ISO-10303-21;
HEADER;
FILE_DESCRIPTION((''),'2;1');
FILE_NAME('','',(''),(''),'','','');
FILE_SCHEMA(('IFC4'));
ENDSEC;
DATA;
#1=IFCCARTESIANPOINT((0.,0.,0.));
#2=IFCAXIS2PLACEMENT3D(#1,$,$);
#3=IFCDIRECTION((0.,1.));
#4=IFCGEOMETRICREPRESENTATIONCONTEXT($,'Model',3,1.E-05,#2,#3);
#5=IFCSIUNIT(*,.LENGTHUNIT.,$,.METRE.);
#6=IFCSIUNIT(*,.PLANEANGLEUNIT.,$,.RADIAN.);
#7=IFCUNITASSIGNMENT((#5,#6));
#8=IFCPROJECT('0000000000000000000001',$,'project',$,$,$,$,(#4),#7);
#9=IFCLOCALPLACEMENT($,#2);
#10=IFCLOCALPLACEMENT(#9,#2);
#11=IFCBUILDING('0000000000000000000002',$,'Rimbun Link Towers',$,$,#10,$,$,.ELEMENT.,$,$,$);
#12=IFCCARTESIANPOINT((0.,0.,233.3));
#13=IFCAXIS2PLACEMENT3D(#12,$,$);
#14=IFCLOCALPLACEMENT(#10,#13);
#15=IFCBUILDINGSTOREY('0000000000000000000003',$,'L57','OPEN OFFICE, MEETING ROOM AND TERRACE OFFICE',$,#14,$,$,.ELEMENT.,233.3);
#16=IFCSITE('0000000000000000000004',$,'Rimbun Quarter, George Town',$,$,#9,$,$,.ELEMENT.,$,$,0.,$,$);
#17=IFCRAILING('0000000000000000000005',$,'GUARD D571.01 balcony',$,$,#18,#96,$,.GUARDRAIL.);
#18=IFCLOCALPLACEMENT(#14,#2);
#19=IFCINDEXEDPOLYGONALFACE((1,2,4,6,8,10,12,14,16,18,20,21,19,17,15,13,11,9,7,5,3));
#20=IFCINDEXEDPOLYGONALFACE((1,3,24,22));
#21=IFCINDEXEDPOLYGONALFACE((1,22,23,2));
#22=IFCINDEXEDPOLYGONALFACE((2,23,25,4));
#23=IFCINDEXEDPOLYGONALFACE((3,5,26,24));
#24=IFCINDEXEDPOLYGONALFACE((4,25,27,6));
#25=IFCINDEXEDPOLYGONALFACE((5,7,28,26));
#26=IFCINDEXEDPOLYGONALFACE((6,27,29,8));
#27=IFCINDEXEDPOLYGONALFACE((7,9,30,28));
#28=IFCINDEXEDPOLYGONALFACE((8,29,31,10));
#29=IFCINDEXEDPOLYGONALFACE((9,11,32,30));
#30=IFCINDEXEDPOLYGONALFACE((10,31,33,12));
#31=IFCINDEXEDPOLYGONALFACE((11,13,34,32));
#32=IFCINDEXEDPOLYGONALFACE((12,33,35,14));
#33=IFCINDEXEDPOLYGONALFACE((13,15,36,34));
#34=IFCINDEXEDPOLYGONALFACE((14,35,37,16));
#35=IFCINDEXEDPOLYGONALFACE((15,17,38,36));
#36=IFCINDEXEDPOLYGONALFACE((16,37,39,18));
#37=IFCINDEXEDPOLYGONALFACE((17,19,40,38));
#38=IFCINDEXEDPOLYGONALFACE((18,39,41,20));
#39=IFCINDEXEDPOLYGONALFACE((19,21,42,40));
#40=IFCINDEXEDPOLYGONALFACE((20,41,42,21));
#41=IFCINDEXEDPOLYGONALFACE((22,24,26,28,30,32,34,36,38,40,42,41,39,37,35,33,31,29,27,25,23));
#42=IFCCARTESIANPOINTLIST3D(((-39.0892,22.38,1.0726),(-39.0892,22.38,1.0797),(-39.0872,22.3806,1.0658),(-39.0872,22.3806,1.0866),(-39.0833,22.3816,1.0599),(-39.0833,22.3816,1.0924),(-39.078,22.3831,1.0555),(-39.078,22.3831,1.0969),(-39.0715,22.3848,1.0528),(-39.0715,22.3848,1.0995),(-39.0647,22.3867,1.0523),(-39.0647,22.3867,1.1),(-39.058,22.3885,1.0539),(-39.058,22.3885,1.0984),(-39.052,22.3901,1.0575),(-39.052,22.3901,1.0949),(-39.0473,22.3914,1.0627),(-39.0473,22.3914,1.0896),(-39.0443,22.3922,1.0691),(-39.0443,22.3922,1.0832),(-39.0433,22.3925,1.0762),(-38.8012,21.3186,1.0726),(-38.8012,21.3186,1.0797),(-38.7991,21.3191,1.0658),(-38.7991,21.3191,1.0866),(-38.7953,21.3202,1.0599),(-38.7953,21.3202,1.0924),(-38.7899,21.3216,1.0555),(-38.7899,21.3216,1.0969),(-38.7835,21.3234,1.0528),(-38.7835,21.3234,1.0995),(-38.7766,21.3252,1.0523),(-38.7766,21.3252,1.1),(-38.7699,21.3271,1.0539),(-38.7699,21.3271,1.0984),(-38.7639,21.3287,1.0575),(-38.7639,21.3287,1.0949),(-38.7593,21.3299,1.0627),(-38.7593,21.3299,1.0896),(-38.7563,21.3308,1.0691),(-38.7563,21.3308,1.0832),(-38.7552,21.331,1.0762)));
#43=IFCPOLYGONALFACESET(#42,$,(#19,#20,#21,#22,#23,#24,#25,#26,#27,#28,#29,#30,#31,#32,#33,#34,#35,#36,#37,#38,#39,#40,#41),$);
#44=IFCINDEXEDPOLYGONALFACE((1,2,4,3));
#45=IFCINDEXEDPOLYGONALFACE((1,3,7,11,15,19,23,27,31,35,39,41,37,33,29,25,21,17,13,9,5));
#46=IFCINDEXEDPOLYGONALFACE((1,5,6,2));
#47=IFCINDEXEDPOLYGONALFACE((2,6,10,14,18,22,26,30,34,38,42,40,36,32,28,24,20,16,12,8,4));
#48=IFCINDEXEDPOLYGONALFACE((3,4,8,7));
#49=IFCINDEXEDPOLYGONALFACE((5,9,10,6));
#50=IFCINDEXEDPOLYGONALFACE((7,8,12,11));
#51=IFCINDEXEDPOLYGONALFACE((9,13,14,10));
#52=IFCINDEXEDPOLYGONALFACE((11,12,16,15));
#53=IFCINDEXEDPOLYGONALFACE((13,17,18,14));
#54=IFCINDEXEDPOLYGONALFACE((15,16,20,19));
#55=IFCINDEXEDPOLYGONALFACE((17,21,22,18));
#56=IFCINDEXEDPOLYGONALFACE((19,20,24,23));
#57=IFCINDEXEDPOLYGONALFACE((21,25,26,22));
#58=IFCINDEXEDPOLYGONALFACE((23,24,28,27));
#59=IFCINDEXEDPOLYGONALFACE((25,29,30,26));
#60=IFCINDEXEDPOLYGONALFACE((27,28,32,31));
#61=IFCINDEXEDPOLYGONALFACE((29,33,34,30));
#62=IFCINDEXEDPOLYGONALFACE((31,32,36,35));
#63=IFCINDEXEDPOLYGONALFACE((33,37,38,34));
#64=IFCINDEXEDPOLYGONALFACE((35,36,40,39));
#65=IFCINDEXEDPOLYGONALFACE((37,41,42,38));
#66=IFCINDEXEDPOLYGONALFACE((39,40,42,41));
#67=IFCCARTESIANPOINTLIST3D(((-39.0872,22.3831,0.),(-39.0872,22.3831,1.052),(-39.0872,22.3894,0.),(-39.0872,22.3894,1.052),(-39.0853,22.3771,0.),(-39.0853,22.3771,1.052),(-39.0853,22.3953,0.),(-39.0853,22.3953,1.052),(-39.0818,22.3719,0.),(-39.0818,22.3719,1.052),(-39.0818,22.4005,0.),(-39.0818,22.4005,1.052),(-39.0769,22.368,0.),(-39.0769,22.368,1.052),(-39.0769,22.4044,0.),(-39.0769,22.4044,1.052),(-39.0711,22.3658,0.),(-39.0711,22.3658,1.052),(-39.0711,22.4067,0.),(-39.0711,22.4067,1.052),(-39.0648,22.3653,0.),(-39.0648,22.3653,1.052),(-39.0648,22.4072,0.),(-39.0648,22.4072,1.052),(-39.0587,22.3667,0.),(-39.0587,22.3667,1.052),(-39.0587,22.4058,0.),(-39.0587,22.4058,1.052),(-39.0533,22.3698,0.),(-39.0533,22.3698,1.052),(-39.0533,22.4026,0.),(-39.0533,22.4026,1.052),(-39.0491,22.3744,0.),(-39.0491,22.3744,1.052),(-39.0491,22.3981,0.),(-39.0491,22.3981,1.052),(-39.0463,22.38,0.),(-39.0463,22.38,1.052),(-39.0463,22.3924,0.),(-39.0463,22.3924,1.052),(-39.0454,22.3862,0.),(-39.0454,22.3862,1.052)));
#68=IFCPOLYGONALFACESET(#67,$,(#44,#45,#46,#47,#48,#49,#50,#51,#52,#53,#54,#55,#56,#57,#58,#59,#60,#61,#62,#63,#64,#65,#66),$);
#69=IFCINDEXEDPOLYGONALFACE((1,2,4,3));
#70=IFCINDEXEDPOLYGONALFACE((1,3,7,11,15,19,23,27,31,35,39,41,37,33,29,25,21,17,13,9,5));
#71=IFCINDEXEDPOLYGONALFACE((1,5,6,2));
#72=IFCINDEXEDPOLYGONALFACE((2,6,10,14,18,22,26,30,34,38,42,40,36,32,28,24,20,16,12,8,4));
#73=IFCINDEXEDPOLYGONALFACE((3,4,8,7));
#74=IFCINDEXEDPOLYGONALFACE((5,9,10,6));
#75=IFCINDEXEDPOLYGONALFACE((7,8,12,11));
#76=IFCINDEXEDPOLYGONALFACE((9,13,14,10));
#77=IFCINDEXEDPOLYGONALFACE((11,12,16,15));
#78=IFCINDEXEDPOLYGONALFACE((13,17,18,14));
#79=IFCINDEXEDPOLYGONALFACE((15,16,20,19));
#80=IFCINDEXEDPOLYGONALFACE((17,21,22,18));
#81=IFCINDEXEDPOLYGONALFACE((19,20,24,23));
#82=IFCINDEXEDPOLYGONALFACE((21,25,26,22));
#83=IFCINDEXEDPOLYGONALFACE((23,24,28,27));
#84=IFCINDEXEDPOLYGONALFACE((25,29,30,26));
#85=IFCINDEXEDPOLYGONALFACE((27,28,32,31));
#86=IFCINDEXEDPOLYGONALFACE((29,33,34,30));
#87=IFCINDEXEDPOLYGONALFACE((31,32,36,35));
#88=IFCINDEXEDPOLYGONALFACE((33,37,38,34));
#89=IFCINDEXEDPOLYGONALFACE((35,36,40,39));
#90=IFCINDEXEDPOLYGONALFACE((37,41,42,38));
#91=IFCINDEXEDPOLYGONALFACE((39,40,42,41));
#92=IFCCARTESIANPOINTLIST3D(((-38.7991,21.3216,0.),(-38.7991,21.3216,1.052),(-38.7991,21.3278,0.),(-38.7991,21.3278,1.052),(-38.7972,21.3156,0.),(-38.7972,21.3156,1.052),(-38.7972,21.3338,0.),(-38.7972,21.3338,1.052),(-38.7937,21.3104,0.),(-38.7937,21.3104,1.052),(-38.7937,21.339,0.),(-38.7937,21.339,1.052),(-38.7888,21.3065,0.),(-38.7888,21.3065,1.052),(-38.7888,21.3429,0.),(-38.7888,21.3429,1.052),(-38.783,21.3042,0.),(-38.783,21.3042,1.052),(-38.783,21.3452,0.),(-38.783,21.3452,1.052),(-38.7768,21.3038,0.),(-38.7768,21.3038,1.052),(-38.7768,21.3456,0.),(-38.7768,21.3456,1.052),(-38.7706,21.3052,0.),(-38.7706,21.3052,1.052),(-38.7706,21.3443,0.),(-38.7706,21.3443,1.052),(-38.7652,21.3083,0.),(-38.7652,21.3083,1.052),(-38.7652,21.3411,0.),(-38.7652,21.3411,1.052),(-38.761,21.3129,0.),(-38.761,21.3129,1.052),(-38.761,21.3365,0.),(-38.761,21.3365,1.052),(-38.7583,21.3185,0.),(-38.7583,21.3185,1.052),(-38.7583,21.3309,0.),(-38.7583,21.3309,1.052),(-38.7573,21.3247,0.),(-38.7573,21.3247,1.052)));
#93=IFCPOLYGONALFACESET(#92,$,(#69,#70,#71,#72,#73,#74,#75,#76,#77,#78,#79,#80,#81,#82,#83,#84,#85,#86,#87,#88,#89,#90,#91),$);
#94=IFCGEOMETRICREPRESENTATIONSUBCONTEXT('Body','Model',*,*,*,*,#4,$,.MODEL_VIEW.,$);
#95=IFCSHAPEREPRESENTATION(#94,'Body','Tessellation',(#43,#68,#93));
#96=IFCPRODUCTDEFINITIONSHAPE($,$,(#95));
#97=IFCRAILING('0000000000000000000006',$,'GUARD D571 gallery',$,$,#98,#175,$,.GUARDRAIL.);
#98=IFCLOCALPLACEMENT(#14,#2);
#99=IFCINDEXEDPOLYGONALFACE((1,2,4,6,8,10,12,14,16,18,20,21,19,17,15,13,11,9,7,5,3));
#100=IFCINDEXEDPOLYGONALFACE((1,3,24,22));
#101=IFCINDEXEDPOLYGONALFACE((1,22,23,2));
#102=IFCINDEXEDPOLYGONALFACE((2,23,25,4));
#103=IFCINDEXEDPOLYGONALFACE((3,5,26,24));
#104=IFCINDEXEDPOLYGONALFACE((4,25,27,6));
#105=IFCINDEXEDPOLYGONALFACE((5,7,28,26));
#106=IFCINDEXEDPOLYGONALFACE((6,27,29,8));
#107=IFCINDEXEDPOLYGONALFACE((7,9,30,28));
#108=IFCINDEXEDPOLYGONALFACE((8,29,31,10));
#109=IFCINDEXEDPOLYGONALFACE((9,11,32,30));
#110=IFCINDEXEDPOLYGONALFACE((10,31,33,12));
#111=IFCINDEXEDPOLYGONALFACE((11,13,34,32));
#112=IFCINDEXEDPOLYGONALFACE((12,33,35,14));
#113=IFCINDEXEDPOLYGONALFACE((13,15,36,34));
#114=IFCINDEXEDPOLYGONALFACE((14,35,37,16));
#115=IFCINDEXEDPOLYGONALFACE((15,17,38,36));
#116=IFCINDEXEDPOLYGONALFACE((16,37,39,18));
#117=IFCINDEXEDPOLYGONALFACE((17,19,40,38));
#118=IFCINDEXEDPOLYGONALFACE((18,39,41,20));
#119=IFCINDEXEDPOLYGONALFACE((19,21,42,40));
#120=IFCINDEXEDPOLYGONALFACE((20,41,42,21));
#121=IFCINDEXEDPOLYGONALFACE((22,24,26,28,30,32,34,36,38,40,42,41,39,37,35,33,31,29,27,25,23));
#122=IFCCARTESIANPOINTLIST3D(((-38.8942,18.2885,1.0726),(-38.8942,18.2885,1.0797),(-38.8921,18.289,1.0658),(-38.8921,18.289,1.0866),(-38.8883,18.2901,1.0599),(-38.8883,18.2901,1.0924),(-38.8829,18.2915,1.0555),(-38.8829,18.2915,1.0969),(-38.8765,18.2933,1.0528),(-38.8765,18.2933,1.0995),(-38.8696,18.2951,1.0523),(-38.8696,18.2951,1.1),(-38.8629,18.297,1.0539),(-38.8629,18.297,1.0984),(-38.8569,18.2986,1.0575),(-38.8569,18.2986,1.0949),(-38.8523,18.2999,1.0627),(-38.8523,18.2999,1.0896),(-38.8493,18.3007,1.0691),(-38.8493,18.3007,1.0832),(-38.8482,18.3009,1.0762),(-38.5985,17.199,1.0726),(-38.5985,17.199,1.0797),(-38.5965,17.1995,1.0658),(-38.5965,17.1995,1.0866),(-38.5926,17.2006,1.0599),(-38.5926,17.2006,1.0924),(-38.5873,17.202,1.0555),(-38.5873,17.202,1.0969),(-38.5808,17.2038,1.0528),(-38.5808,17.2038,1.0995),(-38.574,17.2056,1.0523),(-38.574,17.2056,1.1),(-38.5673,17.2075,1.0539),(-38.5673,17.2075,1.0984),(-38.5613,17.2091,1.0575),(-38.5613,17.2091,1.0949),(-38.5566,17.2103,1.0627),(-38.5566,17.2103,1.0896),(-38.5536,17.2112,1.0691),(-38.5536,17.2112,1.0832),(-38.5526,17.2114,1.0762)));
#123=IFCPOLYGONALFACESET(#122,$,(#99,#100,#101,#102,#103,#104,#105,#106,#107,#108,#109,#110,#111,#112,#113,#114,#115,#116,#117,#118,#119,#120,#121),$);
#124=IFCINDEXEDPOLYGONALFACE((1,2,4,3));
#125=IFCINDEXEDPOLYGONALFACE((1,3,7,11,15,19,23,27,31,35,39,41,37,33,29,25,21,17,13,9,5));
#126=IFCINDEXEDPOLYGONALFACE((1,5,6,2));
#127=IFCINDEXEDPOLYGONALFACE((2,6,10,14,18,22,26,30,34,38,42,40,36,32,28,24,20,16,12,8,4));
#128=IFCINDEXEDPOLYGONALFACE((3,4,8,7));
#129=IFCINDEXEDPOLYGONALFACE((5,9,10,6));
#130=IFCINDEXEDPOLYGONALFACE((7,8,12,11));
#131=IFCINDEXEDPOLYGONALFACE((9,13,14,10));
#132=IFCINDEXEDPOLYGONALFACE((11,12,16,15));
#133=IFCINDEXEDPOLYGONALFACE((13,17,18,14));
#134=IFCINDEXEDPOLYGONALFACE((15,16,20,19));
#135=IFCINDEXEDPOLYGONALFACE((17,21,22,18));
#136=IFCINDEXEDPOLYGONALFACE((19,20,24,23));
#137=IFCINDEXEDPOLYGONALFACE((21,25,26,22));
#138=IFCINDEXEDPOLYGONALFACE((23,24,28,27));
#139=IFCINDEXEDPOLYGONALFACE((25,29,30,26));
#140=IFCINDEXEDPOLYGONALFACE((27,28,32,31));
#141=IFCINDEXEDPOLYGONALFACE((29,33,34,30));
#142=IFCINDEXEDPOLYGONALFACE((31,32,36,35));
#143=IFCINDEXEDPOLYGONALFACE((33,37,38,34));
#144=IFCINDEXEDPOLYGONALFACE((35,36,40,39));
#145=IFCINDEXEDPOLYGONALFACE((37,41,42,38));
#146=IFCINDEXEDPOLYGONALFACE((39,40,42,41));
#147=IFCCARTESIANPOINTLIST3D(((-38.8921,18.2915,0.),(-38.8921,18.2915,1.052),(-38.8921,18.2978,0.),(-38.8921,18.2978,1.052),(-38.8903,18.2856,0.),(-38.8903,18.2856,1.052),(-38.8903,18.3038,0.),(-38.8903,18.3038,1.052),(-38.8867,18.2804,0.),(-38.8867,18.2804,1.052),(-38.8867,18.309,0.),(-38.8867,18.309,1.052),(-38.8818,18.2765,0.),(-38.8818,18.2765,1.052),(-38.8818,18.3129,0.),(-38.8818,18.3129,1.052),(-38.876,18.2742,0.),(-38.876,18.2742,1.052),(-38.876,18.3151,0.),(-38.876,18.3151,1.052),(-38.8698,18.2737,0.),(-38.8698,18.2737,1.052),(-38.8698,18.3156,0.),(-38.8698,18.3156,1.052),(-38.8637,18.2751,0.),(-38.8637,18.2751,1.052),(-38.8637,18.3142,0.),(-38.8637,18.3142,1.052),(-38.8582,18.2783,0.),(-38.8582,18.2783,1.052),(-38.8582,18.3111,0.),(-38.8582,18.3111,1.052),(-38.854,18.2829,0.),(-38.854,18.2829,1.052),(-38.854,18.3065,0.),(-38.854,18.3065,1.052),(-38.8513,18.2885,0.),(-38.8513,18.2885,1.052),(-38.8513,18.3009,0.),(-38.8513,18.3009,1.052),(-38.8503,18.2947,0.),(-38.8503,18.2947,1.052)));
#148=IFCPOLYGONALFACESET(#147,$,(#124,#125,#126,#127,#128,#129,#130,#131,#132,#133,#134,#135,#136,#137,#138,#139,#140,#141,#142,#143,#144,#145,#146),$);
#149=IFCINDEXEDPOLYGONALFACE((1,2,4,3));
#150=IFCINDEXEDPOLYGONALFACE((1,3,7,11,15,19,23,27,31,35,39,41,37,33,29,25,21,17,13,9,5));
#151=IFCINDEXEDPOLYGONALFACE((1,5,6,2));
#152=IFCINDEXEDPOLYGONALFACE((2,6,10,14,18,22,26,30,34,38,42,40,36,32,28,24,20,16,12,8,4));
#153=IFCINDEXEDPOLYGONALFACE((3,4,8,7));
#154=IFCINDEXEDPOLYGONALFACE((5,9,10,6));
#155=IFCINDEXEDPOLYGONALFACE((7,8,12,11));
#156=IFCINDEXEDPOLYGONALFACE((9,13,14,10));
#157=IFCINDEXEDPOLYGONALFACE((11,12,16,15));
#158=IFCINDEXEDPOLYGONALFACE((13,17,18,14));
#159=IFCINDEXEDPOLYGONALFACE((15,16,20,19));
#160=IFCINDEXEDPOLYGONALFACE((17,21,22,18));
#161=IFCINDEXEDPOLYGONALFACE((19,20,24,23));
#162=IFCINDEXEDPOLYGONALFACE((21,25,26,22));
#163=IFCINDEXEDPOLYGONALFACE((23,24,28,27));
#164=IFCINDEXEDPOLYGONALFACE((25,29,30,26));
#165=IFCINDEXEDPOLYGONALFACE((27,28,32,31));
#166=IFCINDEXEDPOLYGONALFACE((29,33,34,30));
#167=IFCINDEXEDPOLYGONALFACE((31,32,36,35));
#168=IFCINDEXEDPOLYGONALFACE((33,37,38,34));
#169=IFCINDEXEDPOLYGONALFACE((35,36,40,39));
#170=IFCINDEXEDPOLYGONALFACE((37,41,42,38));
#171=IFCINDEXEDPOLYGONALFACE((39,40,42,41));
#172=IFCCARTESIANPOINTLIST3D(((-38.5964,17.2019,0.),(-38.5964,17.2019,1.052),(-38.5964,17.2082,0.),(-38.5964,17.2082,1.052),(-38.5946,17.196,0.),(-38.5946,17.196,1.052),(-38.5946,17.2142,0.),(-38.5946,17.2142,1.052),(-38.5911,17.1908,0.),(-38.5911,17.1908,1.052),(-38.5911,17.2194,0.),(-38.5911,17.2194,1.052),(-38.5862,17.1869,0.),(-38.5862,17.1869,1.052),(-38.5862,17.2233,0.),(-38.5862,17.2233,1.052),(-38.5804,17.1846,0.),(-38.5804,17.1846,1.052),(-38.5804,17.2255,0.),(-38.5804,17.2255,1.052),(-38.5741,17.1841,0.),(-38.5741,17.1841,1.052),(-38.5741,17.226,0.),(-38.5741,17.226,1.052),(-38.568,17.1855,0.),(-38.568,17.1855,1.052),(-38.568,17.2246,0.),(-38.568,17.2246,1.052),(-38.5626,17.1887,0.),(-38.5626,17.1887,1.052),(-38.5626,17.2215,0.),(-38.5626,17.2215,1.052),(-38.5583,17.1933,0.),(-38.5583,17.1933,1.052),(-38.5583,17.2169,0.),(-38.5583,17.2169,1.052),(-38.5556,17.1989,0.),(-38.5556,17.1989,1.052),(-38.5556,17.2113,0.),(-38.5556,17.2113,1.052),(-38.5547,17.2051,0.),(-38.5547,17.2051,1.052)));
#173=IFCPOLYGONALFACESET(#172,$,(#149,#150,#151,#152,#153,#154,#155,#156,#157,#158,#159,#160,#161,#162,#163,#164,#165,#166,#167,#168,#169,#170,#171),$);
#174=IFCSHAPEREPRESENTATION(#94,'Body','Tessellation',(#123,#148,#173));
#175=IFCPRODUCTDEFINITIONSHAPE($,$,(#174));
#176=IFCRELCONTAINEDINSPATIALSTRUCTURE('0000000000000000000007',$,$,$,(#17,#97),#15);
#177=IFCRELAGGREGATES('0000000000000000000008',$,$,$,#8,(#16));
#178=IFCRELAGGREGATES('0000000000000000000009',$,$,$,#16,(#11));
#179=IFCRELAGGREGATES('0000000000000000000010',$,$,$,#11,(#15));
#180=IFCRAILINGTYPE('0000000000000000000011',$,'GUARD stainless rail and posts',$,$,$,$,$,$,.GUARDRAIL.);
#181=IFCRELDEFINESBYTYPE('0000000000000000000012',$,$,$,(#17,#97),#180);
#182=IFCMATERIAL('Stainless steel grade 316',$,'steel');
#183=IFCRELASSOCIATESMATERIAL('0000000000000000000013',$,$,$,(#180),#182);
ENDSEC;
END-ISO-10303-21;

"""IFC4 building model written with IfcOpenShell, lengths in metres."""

from ifc_helpers import new_model, si_unit, direction, frame, origin, origin_2d, place, context, subcontext, project, spatial, circle, extrude, material, type_object, element, save


model = new_model("IFC4")

# Units and contexts
model_context = context("Model", 3, precision=1e-05, world=origin(), true_north=direction((0.0, 1.0)))
body_context = subcontext(model_context, "Body", "Model", "MODEL_VIEW")
ifc_project = project(units=[si_unit("LENGTHUNIT", "METRE"), si_unit("PLANEANGLEUNIT", "RADIAN")], contexts=[model_context])

# Site, building, storey
site_placement = place(None, origin())
site = spatial("IfcSite", under=ifc_project, at=site_placement, Name="Rimbun Quarter, George Town", CompositionType="ELEMENT", RefElevation=0.0)
building_placement = place(site_placement, origin())
building = spatial("IfcBuilding", under=site, at=building_placement, Name="Rimbun Link Towers", CompositionType="ELEMENT")
storey_placement = place(building_placement, frame((0.0, 0.0, 233.3)))
storey = spatial("IfcBuildingStorey", under=building, at=storey_placement, Name="L57", Description="OPEN OFFICE, MEETING ROOM AND TERRACE OFFICE", CompositionType="ELEMENT", Elevation=233.3)

# Railings
ifc_material_1 = material(Name="Stainless steel grade 316", Category="steel")
railing_type = type_object("IfcRailingType", Name="GUARD stainless rail and posts", PredefinedType="GUARDRAIL", material=ifc_material_1)
railing_1_placement = place(storey_placement, frame((-39.0664, 22.3862, 0.0)))
element("IfcRailing", 1, at=railing_1_placement, inside=storey, type_object=railing_type, Name="GUARD D571.01 balcony", PredefinedType="GUARDRAIL", context=body_context, shape_type="SweptSolid", body=[
    extrude(circle(Radius=0.0239, at=origin_2d()), frame((0.0, 0.0, 1.0762), z_axis=(0.261915, -0.965091, 0.0), x_axis=(0.965091, 0.261915, 0.0)), (0.0, 0.0, 1.0), 1.0999),
    extrude(circle(Radius=0.021, at=origin_2d()), origin(), (0.0, 0.0, 1.0), 1.052),
    extrude(circle(Radius=0.021, at=origin_2d()), frame((0.2881, -1.0615, 0.0)), (0.0, 0.0, 1.0), 1.052),
])
railing_2_placement = place(storey_placement, frame((-38.8713, 18.2947, 0.0)))
element("IfcRailing", 2, at=railing_2_placement, inside=storey, type_object=railing_type, Name="GUARD D571 gallery", PredefinedType="GUARDRAIL", context=body_context, shape_type="SweptSolid", body=[
    extrude(circle(Radius=0.0239, at=origin_2d()), frame((0.0, 0.0, 1.0762), z_axis=(0.261873, -0.965102, 0.0), x_axis=(0.965102, 0.261873, 0.0)), (0.0, 0.0, 1.0), 1.1289),
    extrude(circle(Radius=0.021, at=origin_2d()), origin(), (0.0, 0.0, 1.0), 1.052),
    extrude(circle(Radius=0.021, at=origin_2d()), frame((0.2957, -1.0896, 0.0)), (0.0, 0.0, 1.0), 1.052),
])

save(model, "model.ifc")
